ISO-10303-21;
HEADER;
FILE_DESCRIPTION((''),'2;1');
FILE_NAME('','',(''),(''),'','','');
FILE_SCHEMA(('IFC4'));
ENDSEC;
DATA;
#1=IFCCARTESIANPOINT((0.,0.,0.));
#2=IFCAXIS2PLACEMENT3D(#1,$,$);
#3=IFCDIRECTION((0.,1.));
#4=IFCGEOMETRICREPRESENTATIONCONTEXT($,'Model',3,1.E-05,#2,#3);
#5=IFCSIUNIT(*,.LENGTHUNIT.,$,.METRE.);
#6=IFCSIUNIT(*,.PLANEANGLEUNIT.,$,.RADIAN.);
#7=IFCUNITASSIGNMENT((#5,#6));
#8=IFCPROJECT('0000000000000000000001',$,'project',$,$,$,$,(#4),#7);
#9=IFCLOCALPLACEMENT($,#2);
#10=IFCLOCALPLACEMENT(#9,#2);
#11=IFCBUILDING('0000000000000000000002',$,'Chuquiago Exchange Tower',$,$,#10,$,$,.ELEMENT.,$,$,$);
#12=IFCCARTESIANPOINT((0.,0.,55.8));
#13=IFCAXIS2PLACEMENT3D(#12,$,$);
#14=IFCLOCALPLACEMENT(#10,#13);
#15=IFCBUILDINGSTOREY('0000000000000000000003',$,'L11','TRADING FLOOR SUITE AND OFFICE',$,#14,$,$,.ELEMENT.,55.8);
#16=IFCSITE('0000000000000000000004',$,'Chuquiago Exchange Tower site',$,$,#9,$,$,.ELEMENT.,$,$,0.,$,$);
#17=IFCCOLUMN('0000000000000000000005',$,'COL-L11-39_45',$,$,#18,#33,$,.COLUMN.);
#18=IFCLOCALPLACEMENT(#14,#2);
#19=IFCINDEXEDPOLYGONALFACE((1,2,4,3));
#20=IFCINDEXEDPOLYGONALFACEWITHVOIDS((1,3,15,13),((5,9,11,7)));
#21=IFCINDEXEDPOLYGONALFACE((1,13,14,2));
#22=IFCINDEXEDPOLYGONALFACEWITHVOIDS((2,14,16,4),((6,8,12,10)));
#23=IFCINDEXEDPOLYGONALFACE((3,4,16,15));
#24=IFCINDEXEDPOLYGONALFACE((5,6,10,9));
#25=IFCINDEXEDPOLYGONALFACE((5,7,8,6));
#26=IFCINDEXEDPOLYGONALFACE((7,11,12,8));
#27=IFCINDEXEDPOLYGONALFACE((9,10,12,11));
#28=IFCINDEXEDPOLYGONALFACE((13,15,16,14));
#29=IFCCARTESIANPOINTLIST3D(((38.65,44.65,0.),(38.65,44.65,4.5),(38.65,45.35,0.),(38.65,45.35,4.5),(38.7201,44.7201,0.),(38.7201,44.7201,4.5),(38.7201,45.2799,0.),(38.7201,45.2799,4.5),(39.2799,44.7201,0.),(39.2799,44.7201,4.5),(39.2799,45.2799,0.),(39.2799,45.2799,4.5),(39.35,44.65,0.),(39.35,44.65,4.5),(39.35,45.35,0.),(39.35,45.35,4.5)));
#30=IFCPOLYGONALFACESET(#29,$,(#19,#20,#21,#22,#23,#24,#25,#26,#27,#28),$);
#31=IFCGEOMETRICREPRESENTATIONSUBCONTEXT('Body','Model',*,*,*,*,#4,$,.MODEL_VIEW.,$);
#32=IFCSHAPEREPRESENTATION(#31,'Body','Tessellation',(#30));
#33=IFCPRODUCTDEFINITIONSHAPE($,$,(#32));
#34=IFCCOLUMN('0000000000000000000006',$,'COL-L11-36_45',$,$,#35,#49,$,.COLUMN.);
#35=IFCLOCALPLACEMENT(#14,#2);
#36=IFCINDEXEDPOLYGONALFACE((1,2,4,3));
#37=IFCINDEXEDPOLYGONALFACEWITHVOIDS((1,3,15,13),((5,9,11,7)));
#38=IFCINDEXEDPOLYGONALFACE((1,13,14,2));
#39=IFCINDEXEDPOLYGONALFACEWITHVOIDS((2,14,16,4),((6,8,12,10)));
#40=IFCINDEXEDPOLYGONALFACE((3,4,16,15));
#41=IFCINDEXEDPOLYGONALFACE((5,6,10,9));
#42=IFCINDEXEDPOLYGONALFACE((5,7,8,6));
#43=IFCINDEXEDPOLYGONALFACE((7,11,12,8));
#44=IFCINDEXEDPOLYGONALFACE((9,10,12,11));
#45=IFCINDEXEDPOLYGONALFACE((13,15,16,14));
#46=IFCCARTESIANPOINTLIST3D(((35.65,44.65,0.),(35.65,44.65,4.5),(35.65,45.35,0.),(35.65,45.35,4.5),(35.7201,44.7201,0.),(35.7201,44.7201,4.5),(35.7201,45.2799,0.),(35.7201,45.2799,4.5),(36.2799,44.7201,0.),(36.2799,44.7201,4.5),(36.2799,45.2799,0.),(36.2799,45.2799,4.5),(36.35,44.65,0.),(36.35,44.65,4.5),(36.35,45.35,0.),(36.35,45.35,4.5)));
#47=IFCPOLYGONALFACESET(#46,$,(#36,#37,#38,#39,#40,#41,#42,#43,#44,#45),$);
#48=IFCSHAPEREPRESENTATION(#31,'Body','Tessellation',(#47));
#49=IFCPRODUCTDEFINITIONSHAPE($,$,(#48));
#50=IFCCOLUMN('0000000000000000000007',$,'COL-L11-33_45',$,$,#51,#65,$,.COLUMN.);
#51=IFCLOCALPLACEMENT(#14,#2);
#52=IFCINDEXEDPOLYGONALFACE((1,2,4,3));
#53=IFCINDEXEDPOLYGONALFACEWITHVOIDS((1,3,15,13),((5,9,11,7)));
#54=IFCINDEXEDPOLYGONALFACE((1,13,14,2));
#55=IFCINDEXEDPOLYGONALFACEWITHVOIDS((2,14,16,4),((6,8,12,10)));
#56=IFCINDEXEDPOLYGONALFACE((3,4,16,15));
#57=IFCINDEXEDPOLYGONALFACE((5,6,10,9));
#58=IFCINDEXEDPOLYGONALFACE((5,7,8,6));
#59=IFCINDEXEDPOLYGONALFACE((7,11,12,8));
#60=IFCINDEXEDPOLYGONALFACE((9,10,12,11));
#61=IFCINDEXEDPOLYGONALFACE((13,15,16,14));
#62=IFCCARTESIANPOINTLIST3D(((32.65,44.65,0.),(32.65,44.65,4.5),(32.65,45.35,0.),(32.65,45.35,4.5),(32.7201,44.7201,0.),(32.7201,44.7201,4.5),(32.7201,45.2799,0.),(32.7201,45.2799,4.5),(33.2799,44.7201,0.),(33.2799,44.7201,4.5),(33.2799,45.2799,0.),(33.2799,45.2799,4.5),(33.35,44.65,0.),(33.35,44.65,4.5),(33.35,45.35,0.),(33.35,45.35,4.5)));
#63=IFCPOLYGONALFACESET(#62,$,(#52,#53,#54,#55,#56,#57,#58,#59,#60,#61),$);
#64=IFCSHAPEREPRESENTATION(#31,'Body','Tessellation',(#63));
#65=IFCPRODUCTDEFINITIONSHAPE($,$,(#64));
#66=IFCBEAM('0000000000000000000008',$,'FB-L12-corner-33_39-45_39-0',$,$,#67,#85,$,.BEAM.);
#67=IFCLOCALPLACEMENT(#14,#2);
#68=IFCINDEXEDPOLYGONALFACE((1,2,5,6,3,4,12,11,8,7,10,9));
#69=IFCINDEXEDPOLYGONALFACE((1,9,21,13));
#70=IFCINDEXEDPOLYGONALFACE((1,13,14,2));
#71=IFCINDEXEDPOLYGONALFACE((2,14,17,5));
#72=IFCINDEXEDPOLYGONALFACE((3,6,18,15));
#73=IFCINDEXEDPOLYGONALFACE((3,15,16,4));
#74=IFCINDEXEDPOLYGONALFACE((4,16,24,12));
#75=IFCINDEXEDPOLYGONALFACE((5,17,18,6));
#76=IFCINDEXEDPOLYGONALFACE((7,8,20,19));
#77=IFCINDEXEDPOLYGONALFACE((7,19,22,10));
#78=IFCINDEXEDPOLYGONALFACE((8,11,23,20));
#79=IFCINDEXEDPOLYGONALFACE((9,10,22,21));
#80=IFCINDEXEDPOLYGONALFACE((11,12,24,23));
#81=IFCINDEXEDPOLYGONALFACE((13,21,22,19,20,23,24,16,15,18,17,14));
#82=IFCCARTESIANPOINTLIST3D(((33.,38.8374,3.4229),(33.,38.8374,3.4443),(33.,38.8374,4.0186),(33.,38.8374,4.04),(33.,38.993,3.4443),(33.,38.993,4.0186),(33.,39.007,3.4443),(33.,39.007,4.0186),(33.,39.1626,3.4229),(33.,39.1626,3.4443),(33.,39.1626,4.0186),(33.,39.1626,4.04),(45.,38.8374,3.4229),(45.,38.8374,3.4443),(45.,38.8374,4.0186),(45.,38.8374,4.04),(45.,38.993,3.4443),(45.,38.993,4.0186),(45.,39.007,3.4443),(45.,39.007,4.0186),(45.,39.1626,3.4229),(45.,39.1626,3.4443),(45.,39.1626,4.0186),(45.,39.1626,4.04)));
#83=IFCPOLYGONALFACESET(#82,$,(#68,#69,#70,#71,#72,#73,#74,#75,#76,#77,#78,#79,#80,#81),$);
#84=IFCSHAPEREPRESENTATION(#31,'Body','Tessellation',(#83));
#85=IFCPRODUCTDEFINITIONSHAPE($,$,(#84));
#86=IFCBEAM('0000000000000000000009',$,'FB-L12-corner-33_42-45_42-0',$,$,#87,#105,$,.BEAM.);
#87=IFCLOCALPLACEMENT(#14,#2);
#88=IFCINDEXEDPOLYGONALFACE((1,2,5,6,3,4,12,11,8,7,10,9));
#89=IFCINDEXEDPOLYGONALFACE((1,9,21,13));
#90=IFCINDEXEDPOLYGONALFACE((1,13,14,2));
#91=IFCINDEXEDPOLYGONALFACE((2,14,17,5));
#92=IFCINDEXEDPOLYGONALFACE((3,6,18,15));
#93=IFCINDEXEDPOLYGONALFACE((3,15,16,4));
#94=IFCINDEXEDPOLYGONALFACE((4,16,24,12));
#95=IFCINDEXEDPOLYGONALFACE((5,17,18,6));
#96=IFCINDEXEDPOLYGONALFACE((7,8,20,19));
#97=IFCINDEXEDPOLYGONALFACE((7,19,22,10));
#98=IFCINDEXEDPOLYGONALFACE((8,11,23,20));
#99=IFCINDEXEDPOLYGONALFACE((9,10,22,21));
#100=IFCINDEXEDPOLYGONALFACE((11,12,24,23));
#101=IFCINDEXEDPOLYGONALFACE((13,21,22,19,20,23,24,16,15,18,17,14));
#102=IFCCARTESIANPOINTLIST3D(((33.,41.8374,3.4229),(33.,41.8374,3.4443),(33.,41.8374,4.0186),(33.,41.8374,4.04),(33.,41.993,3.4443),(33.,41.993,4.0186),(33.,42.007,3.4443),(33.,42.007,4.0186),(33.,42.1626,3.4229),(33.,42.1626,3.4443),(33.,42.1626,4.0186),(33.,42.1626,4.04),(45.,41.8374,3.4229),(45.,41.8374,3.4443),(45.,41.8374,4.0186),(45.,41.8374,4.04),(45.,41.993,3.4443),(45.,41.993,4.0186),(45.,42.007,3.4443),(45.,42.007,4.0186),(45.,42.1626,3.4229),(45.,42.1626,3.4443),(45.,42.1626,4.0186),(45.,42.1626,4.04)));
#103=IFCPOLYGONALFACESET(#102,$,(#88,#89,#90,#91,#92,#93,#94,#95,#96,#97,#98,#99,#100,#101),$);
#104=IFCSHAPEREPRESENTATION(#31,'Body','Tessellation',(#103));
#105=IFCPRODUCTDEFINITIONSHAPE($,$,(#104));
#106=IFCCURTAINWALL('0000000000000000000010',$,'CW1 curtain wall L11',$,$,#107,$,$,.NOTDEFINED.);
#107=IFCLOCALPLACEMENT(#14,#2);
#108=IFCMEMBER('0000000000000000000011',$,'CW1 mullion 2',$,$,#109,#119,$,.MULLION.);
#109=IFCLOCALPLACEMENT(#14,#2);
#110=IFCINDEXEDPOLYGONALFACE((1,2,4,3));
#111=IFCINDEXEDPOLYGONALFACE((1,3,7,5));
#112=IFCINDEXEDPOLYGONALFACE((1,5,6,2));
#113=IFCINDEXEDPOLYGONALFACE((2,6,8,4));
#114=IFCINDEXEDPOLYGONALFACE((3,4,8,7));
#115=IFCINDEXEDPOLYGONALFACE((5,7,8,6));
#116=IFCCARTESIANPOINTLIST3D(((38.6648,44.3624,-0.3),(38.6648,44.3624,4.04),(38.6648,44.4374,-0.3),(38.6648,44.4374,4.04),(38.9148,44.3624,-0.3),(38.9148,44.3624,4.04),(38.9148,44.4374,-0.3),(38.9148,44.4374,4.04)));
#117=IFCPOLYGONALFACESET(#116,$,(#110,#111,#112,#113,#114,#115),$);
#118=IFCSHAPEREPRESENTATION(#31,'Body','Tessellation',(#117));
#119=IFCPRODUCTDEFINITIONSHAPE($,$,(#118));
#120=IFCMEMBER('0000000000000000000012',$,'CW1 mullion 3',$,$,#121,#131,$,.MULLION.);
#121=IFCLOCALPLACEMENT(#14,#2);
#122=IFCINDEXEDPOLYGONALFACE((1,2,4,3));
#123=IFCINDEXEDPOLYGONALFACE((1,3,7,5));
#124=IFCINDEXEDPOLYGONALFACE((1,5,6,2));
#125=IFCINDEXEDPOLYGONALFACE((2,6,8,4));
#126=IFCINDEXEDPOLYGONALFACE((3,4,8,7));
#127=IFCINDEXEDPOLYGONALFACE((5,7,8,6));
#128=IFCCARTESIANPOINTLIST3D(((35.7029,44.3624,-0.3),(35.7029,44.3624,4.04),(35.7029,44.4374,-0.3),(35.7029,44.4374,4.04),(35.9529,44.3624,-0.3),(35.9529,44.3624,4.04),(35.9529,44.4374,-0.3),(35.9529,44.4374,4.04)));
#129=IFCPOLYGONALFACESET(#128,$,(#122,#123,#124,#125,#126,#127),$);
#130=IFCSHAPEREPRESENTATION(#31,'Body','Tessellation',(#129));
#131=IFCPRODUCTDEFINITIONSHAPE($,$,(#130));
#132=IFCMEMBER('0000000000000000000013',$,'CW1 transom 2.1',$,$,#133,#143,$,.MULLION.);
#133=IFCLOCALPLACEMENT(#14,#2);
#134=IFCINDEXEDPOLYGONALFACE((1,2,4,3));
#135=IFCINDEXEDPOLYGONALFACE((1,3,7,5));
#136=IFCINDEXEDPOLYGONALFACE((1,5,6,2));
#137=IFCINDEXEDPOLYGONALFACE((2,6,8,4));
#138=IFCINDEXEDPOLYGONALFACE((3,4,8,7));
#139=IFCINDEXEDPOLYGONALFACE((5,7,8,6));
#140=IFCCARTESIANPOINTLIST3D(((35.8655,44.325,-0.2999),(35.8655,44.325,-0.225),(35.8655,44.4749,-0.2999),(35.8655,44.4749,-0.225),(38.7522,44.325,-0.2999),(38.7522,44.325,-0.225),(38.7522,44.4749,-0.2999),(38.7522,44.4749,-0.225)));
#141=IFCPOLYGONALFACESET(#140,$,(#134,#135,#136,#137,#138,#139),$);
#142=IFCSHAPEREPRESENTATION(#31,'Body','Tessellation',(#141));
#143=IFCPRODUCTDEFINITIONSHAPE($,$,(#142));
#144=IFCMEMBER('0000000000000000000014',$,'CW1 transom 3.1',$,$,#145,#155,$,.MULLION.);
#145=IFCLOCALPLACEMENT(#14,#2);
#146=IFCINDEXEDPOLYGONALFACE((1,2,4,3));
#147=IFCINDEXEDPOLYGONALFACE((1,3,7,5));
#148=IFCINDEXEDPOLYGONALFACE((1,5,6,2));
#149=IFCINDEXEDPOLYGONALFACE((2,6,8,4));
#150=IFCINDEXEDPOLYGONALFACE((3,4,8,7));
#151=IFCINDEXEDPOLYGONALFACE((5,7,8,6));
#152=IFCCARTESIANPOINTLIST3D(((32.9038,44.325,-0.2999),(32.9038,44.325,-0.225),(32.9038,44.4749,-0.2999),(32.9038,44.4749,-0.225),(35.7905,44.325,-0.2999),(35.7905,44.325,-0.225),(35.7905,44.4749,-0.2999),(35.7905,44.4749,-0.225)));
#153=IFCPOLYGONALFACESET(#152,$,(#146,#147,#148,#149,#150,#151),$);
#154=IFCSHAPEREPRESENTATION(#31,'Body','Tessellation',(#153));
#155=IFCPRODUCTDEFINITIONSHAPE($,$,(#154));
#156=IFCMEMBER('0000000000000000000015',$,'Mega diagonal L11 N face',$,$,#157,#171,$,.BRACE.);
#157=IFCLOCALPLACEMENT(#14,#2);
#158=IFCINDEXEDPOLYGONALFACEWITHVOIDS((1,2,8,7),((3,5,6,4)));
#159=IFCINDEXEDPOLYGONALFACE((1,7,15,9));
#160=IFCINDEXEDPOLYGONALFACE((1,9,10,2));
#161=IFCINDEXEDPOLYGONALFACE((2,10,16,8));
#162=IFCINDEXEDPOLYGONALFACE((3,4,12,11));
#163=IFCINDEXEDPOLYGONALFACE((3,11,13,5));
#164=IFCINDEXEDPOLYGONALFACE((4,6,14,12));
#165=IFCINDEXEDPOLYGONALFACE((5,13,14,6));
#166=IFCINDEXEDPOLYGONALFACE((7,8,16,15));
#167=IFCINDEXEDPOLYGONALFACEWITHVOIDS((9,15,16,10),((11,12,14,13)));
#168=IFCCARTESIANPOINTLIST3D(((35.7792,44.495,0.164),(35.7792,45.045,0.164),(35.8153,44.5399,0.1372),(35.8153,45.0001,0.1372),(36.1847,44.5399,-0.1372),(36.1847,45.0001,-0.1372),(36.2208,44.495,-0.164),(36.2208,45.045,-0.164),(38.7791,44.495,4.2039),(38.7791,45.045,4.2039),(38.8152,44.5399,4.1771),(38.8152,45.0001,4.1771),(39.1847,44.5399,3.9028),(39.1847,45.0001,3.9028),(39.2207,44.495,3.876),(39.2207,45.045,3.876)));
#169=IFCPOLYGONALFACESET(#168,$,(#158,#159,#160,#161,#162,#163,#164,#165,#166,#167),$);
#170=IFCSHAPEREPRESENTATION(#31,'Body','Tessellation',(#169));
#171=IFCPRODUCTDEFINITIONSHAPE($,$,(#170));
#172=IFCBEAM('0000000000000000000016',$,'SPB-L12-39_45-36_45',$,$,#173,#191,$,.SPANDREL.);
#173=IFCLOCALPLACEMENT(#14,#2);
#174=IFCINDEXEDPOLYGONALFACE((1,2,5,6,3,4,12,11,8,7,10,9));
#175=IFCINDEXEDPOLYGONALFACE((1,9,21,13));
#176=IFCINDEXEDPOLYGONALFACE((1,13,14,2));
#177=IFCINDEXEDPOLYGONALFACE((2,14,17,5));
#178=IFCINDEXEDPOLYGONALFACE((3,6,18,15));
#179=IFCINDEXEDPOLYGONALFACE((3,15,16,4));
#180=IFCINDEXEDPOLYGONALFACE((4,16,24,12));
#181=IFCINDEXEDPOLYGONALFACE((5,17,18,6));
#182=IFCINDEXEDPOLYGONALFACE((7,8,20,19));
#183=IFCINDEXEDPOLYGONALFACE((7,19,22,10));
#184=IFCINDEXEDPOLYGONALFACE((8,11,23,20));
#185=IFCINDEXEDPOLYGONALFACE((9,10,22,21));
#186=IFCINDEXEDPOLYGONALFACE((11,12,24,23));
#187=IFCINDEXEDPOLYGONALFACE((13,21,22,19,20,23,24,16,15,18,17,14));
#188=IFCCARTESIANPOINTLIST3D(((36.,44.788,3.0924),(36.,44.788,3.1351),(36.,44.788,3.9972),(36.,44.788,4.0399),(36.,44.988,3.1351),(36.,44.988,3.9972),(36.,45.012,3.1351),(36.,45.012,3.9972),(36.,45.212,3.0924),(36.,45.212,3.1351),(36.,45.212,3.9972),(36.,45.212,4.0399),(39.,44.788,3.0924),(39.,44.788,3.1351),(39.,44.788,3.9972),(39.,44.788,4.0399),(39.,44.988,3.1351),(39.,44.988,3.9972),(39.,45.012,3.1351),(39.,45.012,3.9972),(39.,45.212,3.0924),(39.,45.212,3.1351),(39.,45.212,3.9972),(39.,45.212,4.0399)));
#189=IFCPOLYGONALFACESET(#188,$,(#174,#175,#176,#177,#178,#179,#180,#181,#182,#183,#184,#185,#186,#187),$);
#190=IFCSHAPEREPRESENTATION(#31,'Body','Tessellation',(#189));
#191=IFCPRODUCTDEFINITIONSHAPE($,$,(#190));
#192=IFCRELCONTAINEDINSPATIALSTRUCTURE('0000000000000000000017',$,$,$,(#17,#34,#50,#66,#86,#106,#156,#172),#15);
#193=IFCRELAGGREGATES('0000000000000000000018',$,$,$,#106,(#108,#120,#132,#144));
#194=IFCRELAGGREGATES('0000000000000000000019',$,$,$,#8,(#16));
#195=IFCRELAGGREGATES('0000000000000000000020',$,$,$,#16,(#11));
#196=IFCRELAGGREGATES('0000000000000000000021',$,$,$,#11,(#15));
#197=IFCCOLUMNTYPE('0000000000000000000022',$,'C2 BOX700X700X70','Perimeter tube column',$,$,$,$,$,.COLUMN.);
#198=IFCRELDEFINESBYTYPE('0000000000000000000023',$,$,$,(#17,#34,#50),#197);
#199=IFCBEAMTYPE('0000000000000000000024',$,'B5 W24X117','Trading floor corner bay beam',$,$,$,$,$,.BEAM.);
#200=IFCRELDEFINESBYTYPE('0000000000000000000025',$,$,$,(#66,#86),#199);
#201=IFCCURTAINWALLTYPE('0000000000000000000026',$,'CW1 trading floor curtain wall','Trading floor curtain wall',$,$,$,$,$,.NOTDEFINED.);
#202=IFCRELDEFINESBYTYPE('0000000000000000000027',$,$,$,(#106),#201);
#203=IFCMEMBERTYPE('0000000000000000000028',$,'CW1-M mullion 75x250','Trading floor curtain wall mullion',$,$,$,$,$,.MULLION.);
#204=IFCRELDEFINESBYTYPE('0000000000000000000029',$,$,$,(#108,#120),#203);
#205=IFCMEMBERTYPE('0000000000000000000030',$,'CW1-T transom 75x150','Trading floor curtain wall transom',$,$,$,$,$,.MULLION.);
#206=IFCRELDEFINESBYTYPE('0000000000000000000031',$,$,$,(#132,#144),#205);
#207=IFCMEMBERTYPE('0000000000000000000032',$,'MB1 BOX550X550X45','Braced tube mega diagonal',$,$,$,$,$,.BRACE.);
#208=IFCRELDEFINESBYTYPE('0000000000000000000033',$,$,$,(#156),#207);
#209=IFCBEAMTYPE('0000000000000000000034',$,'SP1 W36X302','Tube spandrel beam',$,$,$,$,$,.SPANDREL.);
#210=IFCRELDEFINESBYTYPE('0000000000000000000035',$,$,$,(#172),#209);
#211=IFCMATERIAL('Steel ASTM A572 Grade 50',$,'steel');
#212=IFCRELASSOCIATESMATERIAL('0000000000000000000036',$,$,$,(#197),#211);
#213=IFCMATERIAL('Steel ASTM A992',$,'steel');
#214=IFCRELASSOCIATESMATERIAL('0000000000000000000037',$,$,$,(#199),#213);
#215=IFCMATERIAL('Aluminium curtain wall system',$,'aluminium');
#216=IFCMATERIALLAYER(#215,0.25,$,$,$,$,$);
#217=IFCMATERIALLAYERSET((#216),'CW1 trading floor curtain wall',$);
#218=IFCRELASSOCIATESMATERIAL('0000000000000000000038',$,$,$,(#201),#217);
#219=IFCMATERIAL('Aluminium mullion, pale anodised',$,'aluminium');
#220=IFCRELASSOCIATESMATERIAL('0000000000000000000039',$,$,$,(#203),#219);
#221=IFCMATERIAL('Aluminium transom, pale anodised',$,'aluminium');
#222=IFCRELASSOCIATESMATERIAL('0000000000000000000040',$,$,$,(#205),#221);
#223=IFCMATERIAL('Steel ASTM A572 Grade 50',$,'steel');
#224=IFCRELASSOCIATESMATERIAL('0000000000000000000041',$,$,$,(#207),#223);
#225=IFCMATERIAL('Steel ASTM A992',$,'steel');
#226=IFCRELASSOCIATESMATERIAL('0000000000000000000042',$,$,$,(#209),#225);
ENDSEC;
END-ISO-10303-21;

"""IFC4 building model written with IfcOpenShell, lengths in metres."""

from ifc_helpers import new_model, si_unit, direction, frame, origin, origin_2d, place, context, subcontext, project, spatial, rectangle, hollow_rectangle, i_section, extrude, material, layer, layer_set, material_profile, profile_set, type_object, element, aggregate, save


model = new_model("IFC4")

# Units and contexts
model_context = context("Model", 3, precision=1e-05, world=origin(), true_north=direction((0.0, 1.0)))
body_context = subcontext(model_context, "Body", "Model", "MODEL_VIEW")
ifc_project = project(units=[si_unit("LENGTHUNIT", "METRE"), si_unit("PLANEANGLEUNIT", "RADIAN")], contexts=[model_context])

# Site, building, storey
site_placement = place(None, origin())
site = spatial("IfcSite", under=ifc_project, at=site_placement, Name="Chuquiago Exchange Tower site", CompositionType="ELEMENT", RefElevation=0.0)
building_placement = place(site_placement, origin())
building = spatial("IfcBuilding", under=site, at=building_placement, Name="Chuquiago Exchange Tower", CompositionType="ELEMENT")
storey_placement = place(building_placement, frame((0.0, 0.0, 55.8)))
storey = spatial("IfcBuildingStorey", under=building, at=storey_placement, Name="L11", Description="TRADING FLOOR SUITE AND OFFICE", CompositionType="ELEMENT", Elevation=55.8)

# Columns
ifc_material_1 = material(Name="Steel ASTM A572 Grade 50", Category="steel")
ifc_material_profile_1 = material_profile(ifc_material_1, hollow_rectangle(XDim=0.7, YDim=0.7, WallThickness=0.0701, at=origin_2d()), Name="BOX700X700X70")
ifc_profile_set_1 = profile_set([ifc_material_profile_1], Name="Steel ASTM A572 Grade 50")
column_type = type_object("IfcColumnType", Name="C2 BOX700X700X70", Description="Perimeter tube column", PredefinedType="COLUMN", material=ifc_profile_set_1)
for number, where, z_axis, x_axis, name in (
    (1, (39.0, 45.0, 0.0), (0.0, 0.0, 1.0), (0.0, 1.0, 0.0), "COL-L11-39_45"),
    (2, (36.0, 45.0, 0.0), (0.0, 0.0, 1.0), (0.0, 1.0, 0.0), "COL-L11-36_45"),
    (3, (33.0, 45.0, 0.0), (0.0, 0.0, 1.0), (0.0, 1.0, 0.0), "COL-L11-33_45"),
):
    element("IfcColumn", number, at=place(storey_placement, frame(where, z_axis=z_axis, x_axis=x_axis)), inside=storey, type_object=column_type, Name=name, PredefinedType="COLUMN", context=body_context, shape_type="SweptSolid", body=[
        extrude(hollow_rectangle(XDim=0.7, YDim=0.7, WallThickness=0.0701, at=origin_2d()), origin(), (0.0, 0.0, 1.0), 4.5),
    ])

# Beams
ifc_material_2 = material(Name="Steel ASTM A992", Category="steel")
ifc_material_profile_2 = material_profile(ifc_material_2, i_section(OverallWidth=0.3252, OverallDepth=0.6172, WebThickness=0.0139, FlangeThickness=0.0215, at=origin_2d()), Name="W24X117")
ifc_profile_set_2 = profile_set([ifc_material_profile_2], Name="Steel ASTM A992")
beam_type_1 = type_object("IfcBeamType", Name="B5 W24X117", Description="Trading floor corner bay beam", PredefinedType="BEAM", material=ifc_profile_set_2)
for number, where, z_axis, x_axis, name in (
    (4, (33.0, 39.0, 3.7314), (1.0, 0.0, 0.0), (0.0, 1.0, 0.0), "FB-L12-corner-33_39-45_39-0"),
    (5, (33.0, 42.0, 3.7314), (1.0, 0.0, 0.0), (0.0, 1.0, 0.0), "FB-L12-corner-33_42-45_42-0"),
):
    element("IfcBeam", number, at=place(storey_placement, frame(where, z_axis=z_axis, x_axis=x_axis)), inside=storey, type_object=beam_type_1, Name=name, PredefinedType="BEAM", context=body_context, shape_type="SweptSolid", body=[
        extrude(i_section(OverallWidth=0.3252, OverallDepth=0.6172, WebThickness=0.0139, FlangeThickness=0.0215, at=origin_2d()), origin(), (0.0, 0.0, 1.0), 12.0),
    ])

# Curtain wall, members
ifc_material_3 = material(Name="Aluminium curtain wall system", Category="aluminium")
ifc_layer_1 = layer(ifc_material_3, 0.25)
ifc_layer_set_1 = layer_set([ifc_layer_1], Name="CW1 trading floor curtain wall")
curtain_wall_type = type_object("IfcCurtainWallType", Name="CW1 trading floor curtain wall", Description="Trading floor curtain wall", PredefinedType="NOTDEFINED", material=ifc_layer_set_1)
curtain_wall_placement = place(storey_placement, origin())
curtain_wall = element("IfcCurtainWall", 6, at=curtain_wall_placement, inside=storey, type_object=curtain_wall_type, Name="CW1 curtain wall L11", PredefinedType="NOTDEFINED")
ifc_material_4 = material(Name="Aluminium mullion, pale anodised", Category="aluminium")
ifc_material_profile_3 = material_profile(ifc_material_4, rectangle(XDim=0.075, YDim=0.25, at=origin_2d()), Name="AL 75x250")
ifc_profile_set_3 = profile_set([ifc_material_profile_3], Name="Aluminium mullion, pale anodised")
member_type_1 = type_object("IfcMemberType", Name="CW1-M mullion 75x250", Description="Trading floor curtain wall mullion", PredefinedType="MULLION", material=ifc_profile_set_3)
member_1_placement = place(storey_placement, frame((38.7898, 44.3999, -0.3), z_axis=(0.0, 0.0, 1.0), x_axis=(0.0, -1.0, 0.0)))
member_1 = element("IfcMember", 7, at=member_1_placement, type_object=member_type_1, Name="CW1 mullion 2", PredefinedType="MULLION", context=body_context, shape_type="SweptSolid", body=[
    extrude(rectangle(XDim=0.075, YDim=0.25, at=origin_2d()), origin(), (0.0, 0.0, 1.0), 4.3401),
])
member_2_placement = place(storey_placement, frame((35.8279, 44.3999, -0.3), z_axis=(0.0, 0.0, 1.0), x_axis=(0.0, -1.0, 0.0)))
member_2 = element("IfcMember", 8, at=member_2_placement, type_object=member_type_1, Name="CW1 mullion 3", PredefinedType="MULLION", context=body_context, shape_type="SweptSolid", body=[
    extrude(rectangle(XDim=0.075, YDim=0.25, at=origin_2d()), origin(), (0.0, 0.0, 1.0), 4.3401),
])
ifc_material_5 = material(Name="Aluminium transom, pale anodised", Category="aluminium")
ifc_material_profile_4 = material_profile(ifc_material_5, rectangle(XDim=0.1499, YDim=0.075, at=origin_2d()), Name="AL 150x75")
ifc_profile_set_4 = profile_set([ifc_material_profile_4], Name="Aluminium transom, pale anodised")
member_type_2 = type_object("IfcMemberType", Name="CW1-T transom 75x150", Description="Trading floor curtain wall transom", PredefinedType="MULLION", material=ifc_profile_set_4)
member_3_placement = place(storey_placement, frame((38.7522, 44.3999, -0.2625), z_axis=(-1.0, 0.0, 0.0), x_axis=(0.0, -1.0, 0.0)))
member_3 = element("IfcMember", 9, at=member_3_placement, type_object=member_type_2, Name="CW1 transom 2.1", PredefinedType="MULLION", context=body_context, shape_type="SweptSolid", body=[
    extrude(rectangle(XDim=0.1499, YDim=0.075, at=origin_2d()), origin(), (0.0, 0.0, 1.0), 2.8867),
])
member_4_placement = place(storey_placement, frame((35.7905, 44.3999, -0.2625), z_axis=(-1.0, 0.0, 0.0), x_axis=(0.0, -1.0, 0.0)))
member_4 = element("IfcMember", 10, at=member_4_placement, type_object=member_type_2, Name="CW1 transom 3.1", PredefinedType="MULLION", context=body_context, shape_type="SweptSolid", body=[
    extrude(rectangle(XDim=0.1499, YDim=0.075, at=origin_2d()), origin(), (0.0, 0.0, 1.0), 2.8867),
])

# Member
ifc_material_6 = material(Name="Steel ASTM A572 Grade 50", Category="steel")
ifc_material_profile_5 = material_profile(ifc_material_6, hollow_rectangle(XDim=0.55, YDim=0.55, WallThickness=0.0449, at=origin_2d()), Name="BOX550X550X45")
ifc_profile_set_5 = profile_set([ifc_material_profile_5], Name="Steel ASTM A572 Grade 50")
member_type_3 = type_object("IfcMemberType", Name="MB1 BOX550X550X45", Description="Braced tube mega diagonal", PredefinedType="BRACE", material=ifc_profile_set_5)
member_5_placement = place(storey_placement, frame((36.0, 44.77, 0.0), z_axis=(0.596174, 0.0, 0.802855), x_axis=(0.0, 1.0, 0.0)))
element("IfcMember", 11, at=member_5_placement, inside=storey, type_object=member_type_3, Name="Mega diagonal L11 N face", PredefinedType="BRACE", context=body_context, shape_type="SweptSolid", body=[
    extrude(hollow_rectangle(XDim=0.55, YDim=0.55, WallThickness=0.0449, at=origin_2d()), origin(), (0.0, 0.0, 1.0), 5.032),
])

# Beam
ifc_material_7 = material(Name="Steel ASTM A992", Category="steel")
ifc_material_profile_6 = material_profile(ifc_material_7, i_section(OverallWidth=0.4241, OverallDepth=0.9475, WebThickness=0.0239, FlangeThickness=0.0427, at=origin_2d()), Name="W36X302")
ifc_profile_set_6 = profile_set([ifc_material_profile_6], Name="Steel ASTM A992")
beam_type_2 = type_object("IfcBeamType", Name="SP1 W36X302", Description="Tube spandrel beam", PredefinedType="SPANDREL", material=ifc_profile_set_6)
for number, where, z_axis, x_axis, name in (
    (12, (39.0, 45.0, 3.5662), (-1.0, 0.0, 0.0), (0.0, -1.0, 0.0), "SPB-L12-39_45-36_45"),
):
    element("IfcBeam", number, at=place(storey_placement, frame(where, z_axis=z_axis, x_axis=x_axis)), inside=storey, type_object=beam_type_2, Name=name, PredefinedType="SPANDREL", context=body_context, shape_type="SweptSolid", body=[
        extrude(i_section(OverallWidth=0.4241, OverallDepth=0.9475, WebThickness=0.0239, FlangeThickness=0.0427, at=origin_2d()), origin(), (0.0, 0.0, 1.0), 3.0),
    ])

aggregate(curtain_wall, [member_1, member_2, member_3, member_4])

save(model, "model.ifc")
